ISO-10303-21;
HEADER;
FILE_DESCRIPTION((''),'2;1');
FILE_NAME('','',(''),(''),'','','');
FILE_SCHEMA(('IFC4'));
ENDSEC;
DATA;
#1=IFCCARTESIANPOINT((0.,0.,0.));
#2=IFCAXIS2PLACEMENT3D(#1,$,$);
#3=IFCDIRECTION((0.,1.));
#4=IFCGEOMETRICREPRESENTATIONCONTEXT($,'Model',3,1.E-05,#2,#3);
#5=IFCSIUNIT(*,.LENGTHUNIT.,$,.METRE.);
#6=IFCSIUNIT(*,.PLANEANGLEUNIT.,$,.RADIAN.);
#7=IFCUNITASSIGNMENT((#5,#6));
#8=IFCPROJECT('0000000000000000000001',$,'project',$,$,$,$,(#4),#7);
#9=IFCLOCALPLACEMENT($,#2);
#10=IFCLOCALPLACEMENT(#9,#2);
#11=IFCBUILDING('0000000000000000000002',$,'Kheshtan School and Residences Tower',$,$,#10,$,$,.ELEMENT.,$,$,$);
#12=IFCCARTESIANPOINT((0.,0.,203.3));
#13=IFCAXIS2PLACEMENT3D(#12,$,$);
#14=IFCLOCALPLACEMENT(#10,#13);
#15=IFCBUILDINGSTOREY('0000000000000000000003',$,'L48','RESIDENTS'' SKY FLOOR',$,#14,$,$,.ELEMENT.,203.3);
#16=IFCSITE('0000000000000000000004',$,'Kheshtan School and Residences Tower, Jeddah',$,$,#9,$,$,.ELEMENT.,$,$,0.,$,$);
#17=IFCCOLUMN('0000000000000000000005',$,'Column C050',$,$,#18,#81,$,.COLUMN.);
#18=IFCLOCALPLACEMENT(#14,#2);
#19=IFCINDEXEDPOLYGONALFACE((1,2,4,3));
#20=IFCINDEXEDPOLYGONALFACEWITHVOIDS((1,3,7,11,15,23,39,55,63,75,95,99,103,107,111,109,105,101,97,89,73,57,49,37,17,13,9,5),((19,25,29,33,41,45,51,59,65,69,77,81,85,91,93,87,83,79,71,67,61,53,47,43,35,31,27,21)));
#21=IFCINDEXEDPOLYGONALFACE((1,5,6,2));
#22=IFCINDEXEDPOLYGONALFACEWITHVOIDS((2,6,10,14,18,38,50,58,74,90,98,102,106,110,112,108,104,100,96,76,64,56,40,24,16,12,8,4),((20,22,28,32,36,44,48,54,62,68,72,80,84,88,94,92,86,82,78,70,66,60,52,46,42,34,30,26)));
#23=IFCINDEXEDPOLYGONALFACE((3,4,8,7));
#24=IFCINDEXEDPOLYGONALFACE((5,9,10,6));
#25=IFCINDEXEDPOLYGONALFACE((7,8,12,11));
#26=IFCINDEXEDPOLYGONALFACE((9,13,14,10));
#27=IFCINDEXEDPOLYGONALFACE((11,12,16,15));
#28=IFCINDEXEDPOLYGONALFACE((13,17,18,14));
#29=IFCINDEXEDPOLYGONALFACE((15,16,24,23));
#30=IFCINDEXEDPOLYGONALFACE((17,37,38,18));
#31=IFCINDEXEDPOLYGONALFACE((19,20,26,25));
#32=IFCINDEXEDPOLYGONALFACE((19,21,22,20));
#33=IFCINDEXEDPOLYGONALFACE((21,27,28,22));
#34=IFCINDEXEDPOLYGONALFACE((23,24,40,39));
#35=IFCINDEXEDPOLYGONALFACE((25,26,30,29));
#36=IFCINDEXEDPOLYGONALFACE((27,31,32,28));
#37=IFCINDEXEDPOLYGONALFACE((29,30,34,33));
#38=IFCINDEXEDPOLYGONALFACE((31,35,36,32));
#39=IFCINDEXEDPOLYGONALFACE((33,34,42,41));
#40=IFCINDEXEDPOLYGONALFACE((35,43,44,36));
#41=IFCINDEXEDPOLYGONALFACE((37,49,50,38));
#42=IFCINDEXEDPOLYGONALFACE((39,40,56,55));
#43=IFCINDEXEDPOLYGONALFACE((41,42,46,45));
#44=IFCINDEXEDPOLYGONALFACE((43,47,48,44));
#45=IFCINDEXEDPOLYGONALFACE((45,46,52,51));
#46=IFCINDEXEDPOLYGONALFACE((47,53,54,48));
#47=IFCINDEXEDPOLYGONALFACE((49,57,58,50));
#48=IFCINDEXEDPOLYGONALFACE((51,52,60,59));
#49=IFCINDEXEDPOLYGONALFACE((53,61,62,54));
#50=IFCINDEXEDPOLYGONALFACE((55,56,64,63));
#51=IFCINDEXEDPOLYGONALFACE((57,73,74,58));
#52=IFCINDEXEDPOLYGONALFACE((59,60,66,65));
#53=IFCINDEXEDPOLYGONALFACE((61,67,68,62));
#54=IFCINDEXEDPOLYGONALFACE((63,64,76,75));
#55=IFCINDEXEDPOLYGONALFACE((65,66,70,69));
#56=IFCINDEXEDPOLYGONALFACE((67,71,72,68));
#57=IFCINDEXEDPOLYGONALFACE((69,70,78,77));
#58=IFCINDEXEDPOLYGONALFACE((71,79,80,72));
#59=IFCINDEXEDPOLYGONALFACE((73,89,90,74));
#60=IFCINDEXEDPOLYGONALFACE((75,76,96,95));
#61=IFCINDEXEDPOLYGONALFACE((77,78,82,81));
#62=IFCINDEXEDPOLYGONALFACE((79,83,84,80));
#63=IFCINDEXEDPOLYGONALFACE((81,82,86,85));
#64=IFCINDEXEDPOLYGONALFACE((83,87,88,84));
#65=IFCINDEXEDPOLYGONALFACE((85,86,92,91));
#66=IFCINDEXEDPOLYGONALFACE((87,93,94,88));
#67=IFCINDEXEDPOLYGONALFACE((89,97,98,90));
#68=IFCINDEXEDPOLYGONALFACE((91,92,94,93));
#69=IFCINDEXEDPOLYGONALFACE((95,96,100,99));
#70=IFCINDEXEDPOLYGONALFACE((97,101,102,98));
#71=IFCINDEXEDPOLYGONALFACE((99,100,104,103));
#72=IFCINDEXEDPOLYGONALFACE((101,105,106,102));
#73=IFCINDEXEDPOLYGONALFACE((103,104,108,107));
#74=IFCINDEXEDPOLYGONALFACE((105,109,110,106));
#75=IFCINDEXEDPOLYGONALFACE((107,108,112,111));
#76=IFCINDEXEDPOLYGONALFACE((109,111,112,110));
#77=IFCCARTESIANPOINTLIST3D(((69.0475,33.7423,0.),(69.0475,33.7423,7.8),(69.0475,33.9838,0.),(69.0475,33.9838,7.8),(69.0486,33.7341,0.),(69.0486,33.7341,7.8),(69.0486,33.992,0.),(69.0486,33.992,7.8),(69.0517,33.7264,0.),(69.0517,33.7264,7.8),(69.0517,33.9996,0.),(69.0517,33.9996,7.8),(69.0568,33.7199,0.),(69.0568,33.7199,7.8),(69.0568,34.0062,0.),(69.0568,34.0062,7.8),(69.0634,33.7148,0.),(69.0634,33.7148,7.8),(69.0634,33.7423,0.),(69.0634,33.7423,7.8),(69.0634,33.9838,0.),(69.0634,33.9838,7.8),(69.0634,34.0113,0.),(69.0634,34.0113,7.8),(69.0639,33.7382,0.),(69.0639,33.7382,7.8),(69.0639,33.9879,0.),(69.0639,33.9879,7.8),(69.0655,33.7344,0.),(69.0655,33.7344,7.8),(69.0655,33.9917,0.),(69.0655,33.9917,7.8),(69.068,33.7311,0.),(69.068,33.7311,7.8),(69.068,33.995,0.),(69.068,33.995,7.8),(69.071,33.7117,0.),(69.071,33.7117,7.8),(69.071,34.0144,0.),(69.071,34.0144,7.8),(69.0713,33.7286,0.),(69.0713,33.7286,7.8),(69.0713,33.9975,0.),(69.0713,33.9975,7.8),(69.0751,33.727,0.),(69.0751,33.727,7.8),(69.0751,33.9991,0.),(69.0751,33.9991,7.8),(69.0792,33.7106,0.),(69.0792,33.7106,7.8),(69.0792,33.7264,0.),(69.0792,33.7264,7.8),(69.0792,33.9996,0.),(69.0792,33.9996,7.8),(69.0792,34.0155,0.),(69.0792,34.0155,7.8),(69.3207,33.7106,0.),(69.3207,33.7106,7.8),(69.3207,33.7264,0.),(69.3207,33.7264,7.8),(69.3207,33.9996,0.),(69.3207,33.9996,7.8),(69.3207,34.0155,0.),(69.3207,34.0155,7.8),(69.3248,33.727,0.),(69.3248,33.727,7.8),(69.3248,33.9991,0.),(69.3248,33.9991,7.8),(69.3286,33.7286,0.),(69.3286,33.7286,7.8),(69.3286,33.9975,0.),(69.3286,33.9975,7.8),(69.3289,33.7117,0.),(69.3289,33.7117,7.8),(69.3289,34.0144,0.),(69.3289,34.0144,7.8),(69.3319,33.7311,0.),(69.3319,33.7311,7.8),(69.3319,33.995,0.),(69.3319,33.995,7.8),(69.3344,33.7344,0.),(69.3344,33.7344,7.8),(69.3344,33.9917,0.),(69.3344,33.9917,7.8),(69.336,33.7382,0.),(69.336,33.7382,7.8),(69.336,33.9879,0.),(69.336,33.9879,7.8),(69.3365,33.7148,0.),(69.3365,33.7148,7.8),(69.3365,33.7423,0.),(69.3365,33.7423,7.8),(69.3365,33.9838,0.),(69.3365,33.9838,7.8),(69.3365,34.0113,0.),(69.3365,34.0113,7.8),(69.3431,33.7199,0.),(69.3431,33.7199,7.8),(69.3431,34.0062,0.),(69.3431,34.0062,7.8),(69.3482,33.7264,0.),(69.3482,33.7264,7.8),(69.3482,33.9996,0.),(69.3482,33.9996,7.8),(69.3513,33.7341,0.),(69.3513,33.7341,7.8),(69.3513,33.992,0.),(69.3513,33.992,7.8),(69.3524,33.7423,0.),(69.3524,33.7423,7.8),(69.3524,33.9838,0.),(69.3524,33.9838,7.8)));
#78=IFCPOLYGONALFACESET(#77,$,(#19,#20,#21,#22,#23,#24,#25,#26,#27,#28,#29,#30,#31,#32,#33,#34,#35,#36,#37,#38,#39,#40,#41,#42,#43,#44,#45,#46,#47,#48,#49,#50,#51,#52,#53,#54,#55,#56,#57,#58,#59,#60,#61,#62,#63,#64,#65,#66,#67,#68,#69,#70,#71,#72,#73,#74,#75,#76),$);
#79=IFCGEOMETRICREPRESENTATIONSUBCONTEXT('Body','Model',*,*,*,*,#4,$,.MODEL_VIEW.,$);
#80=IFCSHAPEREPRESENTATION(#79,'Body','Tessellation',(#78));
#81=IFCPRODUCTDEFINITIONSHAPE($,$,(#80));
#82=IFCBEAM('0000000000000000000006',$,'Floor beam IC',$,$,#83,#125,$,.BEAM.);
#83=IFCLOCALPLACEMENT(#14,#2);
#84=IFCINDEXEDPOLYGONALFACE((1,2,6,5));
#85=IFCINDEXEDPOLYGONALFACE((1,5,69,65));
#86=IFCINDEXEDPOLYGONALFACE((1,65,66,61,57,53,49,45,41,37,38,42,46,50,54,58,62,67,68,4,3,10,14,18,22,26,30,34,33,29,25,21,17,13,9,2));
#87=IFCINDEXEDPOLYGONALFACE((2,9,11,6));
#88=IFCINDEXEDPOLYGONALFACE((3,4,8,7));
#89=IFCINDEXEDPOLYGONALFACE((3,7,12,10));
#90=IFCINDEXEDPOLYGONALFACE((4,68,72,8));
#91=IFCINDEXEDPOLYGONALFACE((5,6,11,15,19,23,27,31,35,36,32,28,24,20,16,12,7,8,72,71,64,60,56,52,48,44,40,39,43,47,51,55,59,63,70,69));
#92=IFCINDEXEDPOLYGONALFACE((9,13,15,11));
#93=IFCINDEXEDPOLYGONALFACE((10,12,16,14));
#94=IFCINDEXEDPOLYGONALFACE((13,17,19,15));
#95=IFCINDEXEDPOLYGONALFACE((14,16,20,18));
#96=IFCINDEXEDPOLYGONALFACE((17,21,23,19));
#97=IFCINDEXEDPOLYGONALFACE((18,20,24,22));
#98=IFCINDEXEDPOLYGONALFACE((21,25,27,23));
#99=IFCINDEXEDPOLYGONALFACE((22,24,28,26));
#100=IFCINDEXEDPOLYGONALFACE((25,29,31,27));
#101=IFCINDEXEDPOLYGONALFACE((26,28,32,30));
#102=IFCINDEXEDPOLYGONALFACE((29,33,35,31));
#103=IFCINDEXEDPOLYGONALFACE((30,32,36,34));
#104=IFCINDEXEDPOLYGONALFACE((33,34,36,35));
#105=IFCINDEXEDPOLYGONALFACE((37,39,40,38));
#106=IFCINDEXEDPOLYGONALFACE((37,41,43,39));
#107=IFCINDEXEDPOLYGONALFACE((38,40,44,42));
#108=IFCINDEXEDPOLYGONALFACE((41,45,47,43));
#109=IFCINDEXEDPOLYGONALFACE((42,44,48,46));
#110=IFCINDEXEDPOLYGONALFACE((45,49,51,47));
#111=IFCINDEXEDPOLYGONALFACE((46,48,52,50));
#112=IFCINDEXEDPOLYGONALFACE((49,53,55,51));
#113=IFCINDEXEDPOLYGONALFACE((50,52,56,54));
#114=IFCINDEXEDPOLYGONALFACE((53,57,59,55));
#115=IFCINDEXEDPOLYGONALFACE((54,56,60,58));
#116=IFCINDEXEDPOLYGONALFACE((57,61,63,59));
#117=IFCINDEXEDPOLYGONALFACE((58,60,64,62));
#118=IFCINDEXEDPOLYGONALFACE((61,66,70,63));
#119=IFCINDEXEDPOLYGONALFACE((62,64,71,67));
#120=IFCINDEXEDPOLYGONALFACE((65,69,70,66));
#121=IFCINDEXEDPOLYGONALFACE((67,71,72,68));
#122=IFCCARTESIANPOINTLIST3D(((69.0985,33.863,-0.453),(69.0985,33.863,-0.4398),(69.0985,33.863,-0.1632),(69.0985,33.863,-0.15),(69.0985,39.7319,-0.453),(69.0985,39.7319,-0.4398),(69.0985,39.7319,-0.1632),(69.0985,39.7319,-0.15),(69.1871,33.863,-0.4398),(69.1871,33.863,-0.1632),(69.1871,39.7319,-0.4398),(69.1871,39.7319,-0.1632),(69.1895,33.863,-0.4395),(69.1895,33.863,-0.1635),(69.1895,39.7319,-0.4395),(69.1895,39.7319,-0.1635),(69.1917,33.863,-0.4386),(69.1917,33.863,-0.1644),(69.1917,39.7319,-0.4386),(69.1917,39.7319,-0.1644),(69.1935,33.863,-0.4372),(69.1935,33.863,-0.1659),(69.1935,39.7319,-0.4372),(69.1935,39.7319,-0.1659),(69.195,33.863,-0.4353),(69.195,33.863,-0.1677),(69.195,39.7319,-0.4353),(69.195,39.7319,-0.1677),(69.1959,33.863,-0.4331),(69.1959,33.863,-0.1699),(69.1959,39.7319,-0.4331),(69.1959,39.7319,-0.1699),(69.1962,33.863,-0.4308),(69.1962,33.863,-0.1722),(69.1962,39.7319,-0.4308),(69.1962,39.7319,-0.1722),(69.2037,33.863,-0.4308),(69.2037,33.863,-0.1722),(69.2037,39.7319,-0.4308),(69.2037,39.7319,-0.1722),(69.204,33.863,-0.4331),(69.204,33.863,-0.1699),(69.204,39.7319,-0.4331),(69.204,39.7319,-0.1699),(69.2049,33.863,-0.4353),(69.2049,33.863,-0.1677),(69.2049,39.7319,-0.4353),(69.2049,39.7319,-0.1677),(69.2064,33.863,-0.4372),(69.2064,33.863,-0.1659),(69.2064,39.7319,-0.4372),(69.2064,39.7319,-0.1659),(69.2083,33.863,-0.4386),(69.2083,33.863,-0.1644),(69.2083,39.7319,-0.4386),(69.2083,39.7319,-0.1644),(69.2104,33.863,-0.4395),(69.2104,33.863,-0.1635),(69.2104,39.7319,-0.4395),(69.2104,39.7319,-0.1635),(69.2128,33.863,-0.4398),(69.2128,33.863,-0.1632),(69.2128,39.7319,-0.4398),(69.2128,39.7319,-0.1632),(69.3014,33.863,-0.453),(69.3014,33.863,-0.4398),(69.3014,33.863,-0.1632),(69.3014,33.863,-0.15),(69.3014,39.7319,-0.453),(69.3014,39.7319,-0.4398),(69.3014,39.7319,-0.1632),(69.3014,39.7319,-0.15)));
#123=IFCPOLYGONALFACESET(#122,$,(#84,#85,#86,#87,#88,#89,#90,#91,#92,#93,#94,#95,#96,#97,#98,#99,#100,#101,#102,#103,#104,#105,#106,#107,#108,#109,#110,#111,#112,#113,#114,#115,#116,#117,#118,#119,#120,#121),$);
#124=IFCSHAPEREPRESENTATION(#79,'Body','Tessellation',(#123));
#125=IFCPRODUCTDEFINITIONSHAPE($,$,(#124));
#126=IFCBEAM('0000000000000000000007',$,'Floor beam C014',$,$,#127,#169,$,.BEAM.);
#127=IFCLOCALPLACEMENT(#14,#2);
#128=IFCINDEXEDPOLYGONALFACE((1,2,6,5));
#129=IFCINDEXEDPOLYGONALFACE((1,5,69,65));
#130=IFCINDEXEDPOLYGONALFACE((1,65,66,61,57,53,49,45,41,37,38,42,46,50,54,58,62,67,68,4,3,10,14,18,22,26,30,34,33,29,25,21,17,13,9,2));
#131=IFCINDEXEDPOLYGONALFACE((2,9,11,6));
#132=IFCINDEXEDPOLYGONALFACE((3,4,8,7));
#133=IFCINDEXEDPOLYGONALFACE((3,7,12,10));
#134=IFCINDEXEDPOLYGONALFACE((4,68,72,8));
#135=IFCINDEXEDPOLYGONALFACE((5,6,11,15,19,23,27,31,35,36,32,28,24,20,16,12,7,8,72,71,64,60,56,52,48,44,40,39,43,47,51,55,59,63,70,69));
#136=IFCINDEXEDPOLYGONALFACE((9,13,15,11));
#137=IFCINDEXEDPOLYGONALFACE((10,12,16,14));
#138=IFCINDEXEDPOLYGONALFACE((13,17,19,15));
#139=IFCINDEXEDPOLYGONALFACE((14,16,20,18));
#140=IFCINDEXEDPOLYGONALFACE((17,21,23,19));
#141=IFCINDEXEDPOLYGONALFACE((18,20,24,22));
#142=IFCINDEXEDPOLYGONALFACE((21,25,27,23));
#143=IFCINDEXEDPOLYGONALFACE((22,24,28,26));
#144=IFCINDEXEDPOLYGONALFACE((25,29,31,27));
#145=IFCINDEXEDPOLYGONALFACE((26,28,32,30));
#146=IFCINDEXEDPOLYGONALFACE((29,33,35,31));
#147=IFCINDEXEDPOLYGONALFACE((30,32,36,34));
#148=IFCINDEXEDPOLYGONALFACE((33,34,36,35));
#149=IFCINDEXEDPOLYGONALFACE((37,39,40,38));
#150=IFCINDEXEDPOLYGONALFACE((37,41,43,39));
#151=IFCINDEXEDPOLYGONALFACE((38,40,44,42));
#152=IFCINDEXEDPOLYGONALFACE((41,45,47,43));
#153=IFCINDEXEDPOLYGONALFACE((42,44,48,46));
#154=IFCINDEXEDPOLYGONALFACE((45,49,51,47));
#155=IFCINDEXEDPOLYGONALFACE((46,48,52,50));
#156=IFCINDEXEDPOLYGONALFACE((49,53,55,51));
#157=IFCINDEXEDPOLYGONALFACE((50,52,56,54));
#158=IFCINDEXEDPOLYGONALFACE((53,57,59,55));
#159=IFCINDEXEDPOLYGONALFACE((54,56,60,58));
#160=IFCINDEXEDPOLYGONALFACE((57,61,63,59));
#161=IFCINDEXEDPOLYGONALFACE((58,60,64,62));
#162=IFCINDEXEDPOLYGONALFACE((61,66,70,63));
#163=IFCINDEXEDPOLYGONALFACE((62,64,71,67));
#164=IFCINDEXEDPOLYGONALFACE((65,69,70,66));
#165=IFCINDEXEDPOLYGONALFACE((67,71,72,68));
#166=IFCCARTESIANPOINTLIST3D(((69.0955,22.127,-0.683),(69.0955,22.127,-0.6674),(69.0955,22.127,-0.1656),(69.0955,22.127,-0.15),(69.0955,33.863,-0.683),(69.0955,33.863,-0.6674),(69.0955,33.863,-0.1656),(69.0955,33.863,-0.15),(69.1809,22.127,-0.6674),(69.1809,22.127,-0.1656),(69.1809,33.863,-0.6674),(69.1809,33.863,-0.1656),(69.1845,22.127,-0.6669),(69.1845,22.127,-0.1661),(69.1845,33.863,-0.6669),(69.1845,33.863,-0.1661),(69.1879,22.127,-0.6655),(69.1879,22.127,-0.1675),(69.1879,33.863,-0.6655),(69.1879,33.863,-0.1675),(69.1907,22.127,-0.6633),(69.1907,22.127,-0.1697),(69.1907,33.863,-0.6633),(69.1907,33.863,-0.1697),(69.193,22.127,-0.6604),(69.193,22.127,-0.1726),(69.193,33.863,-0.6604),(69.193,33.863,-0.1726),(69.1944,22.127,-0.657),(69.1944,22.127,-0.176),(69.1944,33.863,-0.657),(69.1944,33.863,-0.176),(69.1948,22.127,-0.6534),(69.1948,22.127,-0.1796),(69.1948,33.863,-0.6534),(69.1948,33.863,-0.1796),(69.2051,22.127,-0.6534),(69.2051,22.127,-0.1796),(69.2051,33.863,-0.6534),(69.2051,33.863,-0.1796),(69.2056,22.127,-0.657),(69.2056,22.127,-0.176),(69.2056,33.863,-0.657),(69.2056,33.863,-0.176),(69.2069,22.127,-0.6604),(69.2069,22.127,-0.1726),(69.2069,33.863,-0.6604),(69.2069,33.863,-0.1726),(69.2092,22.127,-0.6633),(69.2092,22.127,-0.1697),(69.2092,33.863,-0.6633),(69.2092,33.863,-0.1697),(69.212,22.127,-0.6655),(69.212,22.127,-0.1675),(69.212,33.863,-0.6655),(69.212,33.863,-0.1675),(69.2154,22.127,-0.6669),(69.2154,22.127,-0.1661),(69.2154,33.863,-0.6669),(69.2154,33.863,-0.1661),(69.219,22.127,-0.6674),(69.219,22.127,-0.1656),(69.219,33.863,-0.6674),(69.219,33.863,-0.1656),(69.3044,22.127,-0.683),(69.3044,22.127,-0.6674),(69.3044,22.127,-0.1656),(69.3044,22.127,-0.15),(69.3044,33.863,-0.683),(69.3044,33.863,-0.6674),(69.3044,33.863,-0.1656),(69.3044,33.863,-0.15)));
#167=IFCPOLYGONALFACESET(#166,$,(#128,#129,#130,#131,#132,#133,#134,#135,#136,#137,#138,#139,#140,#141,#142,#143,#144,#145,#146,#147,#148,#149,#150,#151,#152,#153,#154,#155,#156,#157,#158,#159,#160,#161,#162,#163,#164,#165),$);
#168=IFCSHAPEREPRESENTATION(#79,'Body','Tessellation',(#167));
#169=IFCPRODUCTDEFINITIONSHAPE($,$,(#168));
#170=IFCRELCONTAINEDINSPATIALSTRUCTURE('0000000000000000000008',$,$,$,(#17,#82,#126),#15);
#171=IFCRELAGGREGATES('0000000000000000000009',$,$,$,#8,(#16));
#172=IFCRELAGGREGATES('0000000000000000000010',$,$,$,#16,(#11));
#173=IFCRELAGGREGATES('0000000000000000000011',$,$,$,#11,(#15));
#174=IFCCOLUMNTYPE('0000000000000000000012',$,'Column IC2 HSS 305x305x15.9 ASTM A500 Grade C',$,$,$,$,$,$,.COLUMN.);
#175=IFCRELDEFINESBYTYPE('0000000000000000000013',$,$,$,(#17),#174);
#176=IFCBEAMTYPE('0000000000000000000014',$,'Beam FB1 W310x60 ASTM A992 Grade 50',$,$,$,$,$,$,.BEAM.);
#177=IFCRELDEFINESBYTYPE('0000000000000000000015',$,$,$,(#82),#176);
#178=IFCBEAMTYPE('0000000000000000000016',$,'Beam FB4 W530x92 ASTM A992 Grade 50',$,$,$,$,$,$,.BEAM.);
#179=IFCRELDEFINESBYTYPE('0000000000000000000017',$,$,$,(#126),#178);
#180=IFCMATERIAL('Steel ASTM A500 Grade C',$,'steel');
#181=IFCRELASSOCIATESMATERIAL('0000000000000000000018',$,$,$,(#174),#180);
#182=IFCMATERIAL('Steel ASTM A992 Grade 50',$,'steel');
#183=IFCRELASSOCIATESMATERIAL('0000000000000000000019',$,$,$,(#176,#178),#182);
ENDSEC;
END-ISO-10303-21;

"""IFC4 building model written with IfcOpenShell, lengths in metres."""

from ifc_helpers import new_model, si_unit, direction, frame, origin, origin_2d, place, context, subcontext, project, spatial, hollow_rectangle, i_section, extrude, material, material_profile, profile_set, type_object, element, save


model = new_model("IFC4")

# Units and contexts
model_context = context("Model", 3, precision=1e-05, world=origin(), true_north=direction((0.0, 1.0)))
body_context = subcontext(model_context, "Body", "Model", "MODEL_VIEW")
ifc_project = project(units=[si_unit("LENGTHUNIT", "METRE"), si_unit("PLANEANGLEUNIT", "RADIAN")], contexts=[model_context])

# Site, building, storey
site_placement = place(None, origin())
site = spatial("IfcSite", under=ifc_project, at=site_placement, Name="Kheshtan School and Residences Tower, Jeddah", CompositionType="ELEMENT", RefElevation=0.0)
building_placement = place(site_placement, origin())
building = spatial("IfcBuilding", under=site, at=building_placement, Name="Kheshtan School and Residences Tower", CompositionType="ELEMENT")
storey_placement = place(building_placement, frame((0.0, 0.0, 203.3)))
storey = spatial("IfcBuildingStorey", under=building, at=storey_placement, Name="L48", Description="RESIDENTS' SKY FLOOR", CompositionType="ELEMENT", Elevation=203.3)

# Column
ifc_material_1 = material(Name="Steel ASTM A992 Grade 50", Category="steel")
ifc_material_2 = material(Name="Steel ASTM A500 Grade C", Category="steel")
ifc_material_profile_1 = material_profile(ifc_material_2, hollow_rectangle(XDim=0.3049, YDim=0.3049, WallThickness=0.0159, InnerFilletRadius=0.0159, OuterFilletRadius=0.0317, at=origin_2d()), Name="HSS 305x305x15.9")
ifc_profile_set_1 = profile_set([ifc_material_profile_1], Name="Steel ASTM A500 Grade C")
column_type_1 = type_object("IfcColumnType", Name="Column IC2 HSS 305x305x15.9 ASTM A500 Grade C", PredefinedType="COLUMN", material=ifc_profile_set_1)
column_placement = place(storey_placement, frame((69.2, 33.863, 0.0), z_axis=(0.0, 0.0, 1.0), x_axis=(1.0, 0.0, 0.0)))
element("IfcColumn", 1, at=column_placement, inside=storey, type_object=column_type_1, Name="Column C050", PredefinedType="COLUMN", context=body_context, shape_type="SweptSolid", body=[
    extrude(hollow_rectangle(XDim=0.3049, YDim=0.3049, WallThickness=0.0159, InnerFilletRadius=0.0159, OuterFilletRadius=0.0317, at=origin_2d()), origin(), (0.0, 0.0, 1.0), 7.8),
])

# Beams
ifc_material_profile_2 = material_profile(ifc_material_1, i_section(OverallWidth=0.2029, OverallDepth=0.303, WebThickness=0.0076, FlangeThickness=0.0132, FilletRadius=0.009, at=origin_2d()), Name="W310x60")
ifc_profile_set_2 = profile_set([ifc_material_profile_2], Name="Steel ASTM A992 Grade 50")
beam_type_1 = type_object("IfcBeamType", Name="Beam FB1 W310x60 ASTM A992 Grade 50", PredefinedType="BEAM", material=ifc_profile_set_2)
beam_1_placement = place(storey_placement, frame((69.2, 33.863, -0.3015), z_axis=(0.0, 1.0, 0.0), x_axis=(-1.0, 0.0, 0.0)))
element("IfcBeam", 2, at=beam_1_placement, inside=storey, type_object=beam_type_1, Name="Floor beam IC", PredefinedType="BEAM", context=body_context, shape_type="SweptSolid", body=[
    extrude(i_section(OverallWidth=0.2029, OverallDepth=0.303, WebThickness=0.0076, FlangeThickness=0.0132, FilletRadius=0.009, at=origin_2d()), origin(), (0.0, 0.0, 1.0), 5.8689),
])
ifc_material_profile_3 = material_profile(ifc_material_1, i_section(OverallWidth=0.209, OverallDepth=0.533, WebThickness=0.0103, FlangeThickness=0.0156, FilletRadius=0.0139, at=origin_2d()), Name="W530x92")
ifc_profile_set_3 = profile_set([ifc_material_profile_3], Name="Steel ASTM A992 Grade 50")
beam_type_2 = type_object("IfcBeamType", Name="Beam FB4 W530x92 ASTM A992 Grade 50", PredefinedType="BEAM", material=ifc_profile_set_3)
beam_2_placement = place(storey_placement, frame((69.2, 22.127, -0.4165), z_axis=(0.0, 1.0, 0.0), x_axis=(-1.0, 0.0, 0.0)))
element("IfcBeam", 3, at=beam_2_placement, inside=storey, type_object=beam_type_2, Name="Floor beam C014", PredefinedType="BEAM", context=body_context, shape_type="SweptSolid", body=[
    extrude(i_section(OverallWidth=0.209, OverallDepth=0.533, WebThickness=0.0103, FlangeThickness=0.0156, FilletRadius=0.0139, at=origin_2d()), origin(), (0.0, 0.0, 1.0), 11.7361),
])

save(model, "model.ifc")
